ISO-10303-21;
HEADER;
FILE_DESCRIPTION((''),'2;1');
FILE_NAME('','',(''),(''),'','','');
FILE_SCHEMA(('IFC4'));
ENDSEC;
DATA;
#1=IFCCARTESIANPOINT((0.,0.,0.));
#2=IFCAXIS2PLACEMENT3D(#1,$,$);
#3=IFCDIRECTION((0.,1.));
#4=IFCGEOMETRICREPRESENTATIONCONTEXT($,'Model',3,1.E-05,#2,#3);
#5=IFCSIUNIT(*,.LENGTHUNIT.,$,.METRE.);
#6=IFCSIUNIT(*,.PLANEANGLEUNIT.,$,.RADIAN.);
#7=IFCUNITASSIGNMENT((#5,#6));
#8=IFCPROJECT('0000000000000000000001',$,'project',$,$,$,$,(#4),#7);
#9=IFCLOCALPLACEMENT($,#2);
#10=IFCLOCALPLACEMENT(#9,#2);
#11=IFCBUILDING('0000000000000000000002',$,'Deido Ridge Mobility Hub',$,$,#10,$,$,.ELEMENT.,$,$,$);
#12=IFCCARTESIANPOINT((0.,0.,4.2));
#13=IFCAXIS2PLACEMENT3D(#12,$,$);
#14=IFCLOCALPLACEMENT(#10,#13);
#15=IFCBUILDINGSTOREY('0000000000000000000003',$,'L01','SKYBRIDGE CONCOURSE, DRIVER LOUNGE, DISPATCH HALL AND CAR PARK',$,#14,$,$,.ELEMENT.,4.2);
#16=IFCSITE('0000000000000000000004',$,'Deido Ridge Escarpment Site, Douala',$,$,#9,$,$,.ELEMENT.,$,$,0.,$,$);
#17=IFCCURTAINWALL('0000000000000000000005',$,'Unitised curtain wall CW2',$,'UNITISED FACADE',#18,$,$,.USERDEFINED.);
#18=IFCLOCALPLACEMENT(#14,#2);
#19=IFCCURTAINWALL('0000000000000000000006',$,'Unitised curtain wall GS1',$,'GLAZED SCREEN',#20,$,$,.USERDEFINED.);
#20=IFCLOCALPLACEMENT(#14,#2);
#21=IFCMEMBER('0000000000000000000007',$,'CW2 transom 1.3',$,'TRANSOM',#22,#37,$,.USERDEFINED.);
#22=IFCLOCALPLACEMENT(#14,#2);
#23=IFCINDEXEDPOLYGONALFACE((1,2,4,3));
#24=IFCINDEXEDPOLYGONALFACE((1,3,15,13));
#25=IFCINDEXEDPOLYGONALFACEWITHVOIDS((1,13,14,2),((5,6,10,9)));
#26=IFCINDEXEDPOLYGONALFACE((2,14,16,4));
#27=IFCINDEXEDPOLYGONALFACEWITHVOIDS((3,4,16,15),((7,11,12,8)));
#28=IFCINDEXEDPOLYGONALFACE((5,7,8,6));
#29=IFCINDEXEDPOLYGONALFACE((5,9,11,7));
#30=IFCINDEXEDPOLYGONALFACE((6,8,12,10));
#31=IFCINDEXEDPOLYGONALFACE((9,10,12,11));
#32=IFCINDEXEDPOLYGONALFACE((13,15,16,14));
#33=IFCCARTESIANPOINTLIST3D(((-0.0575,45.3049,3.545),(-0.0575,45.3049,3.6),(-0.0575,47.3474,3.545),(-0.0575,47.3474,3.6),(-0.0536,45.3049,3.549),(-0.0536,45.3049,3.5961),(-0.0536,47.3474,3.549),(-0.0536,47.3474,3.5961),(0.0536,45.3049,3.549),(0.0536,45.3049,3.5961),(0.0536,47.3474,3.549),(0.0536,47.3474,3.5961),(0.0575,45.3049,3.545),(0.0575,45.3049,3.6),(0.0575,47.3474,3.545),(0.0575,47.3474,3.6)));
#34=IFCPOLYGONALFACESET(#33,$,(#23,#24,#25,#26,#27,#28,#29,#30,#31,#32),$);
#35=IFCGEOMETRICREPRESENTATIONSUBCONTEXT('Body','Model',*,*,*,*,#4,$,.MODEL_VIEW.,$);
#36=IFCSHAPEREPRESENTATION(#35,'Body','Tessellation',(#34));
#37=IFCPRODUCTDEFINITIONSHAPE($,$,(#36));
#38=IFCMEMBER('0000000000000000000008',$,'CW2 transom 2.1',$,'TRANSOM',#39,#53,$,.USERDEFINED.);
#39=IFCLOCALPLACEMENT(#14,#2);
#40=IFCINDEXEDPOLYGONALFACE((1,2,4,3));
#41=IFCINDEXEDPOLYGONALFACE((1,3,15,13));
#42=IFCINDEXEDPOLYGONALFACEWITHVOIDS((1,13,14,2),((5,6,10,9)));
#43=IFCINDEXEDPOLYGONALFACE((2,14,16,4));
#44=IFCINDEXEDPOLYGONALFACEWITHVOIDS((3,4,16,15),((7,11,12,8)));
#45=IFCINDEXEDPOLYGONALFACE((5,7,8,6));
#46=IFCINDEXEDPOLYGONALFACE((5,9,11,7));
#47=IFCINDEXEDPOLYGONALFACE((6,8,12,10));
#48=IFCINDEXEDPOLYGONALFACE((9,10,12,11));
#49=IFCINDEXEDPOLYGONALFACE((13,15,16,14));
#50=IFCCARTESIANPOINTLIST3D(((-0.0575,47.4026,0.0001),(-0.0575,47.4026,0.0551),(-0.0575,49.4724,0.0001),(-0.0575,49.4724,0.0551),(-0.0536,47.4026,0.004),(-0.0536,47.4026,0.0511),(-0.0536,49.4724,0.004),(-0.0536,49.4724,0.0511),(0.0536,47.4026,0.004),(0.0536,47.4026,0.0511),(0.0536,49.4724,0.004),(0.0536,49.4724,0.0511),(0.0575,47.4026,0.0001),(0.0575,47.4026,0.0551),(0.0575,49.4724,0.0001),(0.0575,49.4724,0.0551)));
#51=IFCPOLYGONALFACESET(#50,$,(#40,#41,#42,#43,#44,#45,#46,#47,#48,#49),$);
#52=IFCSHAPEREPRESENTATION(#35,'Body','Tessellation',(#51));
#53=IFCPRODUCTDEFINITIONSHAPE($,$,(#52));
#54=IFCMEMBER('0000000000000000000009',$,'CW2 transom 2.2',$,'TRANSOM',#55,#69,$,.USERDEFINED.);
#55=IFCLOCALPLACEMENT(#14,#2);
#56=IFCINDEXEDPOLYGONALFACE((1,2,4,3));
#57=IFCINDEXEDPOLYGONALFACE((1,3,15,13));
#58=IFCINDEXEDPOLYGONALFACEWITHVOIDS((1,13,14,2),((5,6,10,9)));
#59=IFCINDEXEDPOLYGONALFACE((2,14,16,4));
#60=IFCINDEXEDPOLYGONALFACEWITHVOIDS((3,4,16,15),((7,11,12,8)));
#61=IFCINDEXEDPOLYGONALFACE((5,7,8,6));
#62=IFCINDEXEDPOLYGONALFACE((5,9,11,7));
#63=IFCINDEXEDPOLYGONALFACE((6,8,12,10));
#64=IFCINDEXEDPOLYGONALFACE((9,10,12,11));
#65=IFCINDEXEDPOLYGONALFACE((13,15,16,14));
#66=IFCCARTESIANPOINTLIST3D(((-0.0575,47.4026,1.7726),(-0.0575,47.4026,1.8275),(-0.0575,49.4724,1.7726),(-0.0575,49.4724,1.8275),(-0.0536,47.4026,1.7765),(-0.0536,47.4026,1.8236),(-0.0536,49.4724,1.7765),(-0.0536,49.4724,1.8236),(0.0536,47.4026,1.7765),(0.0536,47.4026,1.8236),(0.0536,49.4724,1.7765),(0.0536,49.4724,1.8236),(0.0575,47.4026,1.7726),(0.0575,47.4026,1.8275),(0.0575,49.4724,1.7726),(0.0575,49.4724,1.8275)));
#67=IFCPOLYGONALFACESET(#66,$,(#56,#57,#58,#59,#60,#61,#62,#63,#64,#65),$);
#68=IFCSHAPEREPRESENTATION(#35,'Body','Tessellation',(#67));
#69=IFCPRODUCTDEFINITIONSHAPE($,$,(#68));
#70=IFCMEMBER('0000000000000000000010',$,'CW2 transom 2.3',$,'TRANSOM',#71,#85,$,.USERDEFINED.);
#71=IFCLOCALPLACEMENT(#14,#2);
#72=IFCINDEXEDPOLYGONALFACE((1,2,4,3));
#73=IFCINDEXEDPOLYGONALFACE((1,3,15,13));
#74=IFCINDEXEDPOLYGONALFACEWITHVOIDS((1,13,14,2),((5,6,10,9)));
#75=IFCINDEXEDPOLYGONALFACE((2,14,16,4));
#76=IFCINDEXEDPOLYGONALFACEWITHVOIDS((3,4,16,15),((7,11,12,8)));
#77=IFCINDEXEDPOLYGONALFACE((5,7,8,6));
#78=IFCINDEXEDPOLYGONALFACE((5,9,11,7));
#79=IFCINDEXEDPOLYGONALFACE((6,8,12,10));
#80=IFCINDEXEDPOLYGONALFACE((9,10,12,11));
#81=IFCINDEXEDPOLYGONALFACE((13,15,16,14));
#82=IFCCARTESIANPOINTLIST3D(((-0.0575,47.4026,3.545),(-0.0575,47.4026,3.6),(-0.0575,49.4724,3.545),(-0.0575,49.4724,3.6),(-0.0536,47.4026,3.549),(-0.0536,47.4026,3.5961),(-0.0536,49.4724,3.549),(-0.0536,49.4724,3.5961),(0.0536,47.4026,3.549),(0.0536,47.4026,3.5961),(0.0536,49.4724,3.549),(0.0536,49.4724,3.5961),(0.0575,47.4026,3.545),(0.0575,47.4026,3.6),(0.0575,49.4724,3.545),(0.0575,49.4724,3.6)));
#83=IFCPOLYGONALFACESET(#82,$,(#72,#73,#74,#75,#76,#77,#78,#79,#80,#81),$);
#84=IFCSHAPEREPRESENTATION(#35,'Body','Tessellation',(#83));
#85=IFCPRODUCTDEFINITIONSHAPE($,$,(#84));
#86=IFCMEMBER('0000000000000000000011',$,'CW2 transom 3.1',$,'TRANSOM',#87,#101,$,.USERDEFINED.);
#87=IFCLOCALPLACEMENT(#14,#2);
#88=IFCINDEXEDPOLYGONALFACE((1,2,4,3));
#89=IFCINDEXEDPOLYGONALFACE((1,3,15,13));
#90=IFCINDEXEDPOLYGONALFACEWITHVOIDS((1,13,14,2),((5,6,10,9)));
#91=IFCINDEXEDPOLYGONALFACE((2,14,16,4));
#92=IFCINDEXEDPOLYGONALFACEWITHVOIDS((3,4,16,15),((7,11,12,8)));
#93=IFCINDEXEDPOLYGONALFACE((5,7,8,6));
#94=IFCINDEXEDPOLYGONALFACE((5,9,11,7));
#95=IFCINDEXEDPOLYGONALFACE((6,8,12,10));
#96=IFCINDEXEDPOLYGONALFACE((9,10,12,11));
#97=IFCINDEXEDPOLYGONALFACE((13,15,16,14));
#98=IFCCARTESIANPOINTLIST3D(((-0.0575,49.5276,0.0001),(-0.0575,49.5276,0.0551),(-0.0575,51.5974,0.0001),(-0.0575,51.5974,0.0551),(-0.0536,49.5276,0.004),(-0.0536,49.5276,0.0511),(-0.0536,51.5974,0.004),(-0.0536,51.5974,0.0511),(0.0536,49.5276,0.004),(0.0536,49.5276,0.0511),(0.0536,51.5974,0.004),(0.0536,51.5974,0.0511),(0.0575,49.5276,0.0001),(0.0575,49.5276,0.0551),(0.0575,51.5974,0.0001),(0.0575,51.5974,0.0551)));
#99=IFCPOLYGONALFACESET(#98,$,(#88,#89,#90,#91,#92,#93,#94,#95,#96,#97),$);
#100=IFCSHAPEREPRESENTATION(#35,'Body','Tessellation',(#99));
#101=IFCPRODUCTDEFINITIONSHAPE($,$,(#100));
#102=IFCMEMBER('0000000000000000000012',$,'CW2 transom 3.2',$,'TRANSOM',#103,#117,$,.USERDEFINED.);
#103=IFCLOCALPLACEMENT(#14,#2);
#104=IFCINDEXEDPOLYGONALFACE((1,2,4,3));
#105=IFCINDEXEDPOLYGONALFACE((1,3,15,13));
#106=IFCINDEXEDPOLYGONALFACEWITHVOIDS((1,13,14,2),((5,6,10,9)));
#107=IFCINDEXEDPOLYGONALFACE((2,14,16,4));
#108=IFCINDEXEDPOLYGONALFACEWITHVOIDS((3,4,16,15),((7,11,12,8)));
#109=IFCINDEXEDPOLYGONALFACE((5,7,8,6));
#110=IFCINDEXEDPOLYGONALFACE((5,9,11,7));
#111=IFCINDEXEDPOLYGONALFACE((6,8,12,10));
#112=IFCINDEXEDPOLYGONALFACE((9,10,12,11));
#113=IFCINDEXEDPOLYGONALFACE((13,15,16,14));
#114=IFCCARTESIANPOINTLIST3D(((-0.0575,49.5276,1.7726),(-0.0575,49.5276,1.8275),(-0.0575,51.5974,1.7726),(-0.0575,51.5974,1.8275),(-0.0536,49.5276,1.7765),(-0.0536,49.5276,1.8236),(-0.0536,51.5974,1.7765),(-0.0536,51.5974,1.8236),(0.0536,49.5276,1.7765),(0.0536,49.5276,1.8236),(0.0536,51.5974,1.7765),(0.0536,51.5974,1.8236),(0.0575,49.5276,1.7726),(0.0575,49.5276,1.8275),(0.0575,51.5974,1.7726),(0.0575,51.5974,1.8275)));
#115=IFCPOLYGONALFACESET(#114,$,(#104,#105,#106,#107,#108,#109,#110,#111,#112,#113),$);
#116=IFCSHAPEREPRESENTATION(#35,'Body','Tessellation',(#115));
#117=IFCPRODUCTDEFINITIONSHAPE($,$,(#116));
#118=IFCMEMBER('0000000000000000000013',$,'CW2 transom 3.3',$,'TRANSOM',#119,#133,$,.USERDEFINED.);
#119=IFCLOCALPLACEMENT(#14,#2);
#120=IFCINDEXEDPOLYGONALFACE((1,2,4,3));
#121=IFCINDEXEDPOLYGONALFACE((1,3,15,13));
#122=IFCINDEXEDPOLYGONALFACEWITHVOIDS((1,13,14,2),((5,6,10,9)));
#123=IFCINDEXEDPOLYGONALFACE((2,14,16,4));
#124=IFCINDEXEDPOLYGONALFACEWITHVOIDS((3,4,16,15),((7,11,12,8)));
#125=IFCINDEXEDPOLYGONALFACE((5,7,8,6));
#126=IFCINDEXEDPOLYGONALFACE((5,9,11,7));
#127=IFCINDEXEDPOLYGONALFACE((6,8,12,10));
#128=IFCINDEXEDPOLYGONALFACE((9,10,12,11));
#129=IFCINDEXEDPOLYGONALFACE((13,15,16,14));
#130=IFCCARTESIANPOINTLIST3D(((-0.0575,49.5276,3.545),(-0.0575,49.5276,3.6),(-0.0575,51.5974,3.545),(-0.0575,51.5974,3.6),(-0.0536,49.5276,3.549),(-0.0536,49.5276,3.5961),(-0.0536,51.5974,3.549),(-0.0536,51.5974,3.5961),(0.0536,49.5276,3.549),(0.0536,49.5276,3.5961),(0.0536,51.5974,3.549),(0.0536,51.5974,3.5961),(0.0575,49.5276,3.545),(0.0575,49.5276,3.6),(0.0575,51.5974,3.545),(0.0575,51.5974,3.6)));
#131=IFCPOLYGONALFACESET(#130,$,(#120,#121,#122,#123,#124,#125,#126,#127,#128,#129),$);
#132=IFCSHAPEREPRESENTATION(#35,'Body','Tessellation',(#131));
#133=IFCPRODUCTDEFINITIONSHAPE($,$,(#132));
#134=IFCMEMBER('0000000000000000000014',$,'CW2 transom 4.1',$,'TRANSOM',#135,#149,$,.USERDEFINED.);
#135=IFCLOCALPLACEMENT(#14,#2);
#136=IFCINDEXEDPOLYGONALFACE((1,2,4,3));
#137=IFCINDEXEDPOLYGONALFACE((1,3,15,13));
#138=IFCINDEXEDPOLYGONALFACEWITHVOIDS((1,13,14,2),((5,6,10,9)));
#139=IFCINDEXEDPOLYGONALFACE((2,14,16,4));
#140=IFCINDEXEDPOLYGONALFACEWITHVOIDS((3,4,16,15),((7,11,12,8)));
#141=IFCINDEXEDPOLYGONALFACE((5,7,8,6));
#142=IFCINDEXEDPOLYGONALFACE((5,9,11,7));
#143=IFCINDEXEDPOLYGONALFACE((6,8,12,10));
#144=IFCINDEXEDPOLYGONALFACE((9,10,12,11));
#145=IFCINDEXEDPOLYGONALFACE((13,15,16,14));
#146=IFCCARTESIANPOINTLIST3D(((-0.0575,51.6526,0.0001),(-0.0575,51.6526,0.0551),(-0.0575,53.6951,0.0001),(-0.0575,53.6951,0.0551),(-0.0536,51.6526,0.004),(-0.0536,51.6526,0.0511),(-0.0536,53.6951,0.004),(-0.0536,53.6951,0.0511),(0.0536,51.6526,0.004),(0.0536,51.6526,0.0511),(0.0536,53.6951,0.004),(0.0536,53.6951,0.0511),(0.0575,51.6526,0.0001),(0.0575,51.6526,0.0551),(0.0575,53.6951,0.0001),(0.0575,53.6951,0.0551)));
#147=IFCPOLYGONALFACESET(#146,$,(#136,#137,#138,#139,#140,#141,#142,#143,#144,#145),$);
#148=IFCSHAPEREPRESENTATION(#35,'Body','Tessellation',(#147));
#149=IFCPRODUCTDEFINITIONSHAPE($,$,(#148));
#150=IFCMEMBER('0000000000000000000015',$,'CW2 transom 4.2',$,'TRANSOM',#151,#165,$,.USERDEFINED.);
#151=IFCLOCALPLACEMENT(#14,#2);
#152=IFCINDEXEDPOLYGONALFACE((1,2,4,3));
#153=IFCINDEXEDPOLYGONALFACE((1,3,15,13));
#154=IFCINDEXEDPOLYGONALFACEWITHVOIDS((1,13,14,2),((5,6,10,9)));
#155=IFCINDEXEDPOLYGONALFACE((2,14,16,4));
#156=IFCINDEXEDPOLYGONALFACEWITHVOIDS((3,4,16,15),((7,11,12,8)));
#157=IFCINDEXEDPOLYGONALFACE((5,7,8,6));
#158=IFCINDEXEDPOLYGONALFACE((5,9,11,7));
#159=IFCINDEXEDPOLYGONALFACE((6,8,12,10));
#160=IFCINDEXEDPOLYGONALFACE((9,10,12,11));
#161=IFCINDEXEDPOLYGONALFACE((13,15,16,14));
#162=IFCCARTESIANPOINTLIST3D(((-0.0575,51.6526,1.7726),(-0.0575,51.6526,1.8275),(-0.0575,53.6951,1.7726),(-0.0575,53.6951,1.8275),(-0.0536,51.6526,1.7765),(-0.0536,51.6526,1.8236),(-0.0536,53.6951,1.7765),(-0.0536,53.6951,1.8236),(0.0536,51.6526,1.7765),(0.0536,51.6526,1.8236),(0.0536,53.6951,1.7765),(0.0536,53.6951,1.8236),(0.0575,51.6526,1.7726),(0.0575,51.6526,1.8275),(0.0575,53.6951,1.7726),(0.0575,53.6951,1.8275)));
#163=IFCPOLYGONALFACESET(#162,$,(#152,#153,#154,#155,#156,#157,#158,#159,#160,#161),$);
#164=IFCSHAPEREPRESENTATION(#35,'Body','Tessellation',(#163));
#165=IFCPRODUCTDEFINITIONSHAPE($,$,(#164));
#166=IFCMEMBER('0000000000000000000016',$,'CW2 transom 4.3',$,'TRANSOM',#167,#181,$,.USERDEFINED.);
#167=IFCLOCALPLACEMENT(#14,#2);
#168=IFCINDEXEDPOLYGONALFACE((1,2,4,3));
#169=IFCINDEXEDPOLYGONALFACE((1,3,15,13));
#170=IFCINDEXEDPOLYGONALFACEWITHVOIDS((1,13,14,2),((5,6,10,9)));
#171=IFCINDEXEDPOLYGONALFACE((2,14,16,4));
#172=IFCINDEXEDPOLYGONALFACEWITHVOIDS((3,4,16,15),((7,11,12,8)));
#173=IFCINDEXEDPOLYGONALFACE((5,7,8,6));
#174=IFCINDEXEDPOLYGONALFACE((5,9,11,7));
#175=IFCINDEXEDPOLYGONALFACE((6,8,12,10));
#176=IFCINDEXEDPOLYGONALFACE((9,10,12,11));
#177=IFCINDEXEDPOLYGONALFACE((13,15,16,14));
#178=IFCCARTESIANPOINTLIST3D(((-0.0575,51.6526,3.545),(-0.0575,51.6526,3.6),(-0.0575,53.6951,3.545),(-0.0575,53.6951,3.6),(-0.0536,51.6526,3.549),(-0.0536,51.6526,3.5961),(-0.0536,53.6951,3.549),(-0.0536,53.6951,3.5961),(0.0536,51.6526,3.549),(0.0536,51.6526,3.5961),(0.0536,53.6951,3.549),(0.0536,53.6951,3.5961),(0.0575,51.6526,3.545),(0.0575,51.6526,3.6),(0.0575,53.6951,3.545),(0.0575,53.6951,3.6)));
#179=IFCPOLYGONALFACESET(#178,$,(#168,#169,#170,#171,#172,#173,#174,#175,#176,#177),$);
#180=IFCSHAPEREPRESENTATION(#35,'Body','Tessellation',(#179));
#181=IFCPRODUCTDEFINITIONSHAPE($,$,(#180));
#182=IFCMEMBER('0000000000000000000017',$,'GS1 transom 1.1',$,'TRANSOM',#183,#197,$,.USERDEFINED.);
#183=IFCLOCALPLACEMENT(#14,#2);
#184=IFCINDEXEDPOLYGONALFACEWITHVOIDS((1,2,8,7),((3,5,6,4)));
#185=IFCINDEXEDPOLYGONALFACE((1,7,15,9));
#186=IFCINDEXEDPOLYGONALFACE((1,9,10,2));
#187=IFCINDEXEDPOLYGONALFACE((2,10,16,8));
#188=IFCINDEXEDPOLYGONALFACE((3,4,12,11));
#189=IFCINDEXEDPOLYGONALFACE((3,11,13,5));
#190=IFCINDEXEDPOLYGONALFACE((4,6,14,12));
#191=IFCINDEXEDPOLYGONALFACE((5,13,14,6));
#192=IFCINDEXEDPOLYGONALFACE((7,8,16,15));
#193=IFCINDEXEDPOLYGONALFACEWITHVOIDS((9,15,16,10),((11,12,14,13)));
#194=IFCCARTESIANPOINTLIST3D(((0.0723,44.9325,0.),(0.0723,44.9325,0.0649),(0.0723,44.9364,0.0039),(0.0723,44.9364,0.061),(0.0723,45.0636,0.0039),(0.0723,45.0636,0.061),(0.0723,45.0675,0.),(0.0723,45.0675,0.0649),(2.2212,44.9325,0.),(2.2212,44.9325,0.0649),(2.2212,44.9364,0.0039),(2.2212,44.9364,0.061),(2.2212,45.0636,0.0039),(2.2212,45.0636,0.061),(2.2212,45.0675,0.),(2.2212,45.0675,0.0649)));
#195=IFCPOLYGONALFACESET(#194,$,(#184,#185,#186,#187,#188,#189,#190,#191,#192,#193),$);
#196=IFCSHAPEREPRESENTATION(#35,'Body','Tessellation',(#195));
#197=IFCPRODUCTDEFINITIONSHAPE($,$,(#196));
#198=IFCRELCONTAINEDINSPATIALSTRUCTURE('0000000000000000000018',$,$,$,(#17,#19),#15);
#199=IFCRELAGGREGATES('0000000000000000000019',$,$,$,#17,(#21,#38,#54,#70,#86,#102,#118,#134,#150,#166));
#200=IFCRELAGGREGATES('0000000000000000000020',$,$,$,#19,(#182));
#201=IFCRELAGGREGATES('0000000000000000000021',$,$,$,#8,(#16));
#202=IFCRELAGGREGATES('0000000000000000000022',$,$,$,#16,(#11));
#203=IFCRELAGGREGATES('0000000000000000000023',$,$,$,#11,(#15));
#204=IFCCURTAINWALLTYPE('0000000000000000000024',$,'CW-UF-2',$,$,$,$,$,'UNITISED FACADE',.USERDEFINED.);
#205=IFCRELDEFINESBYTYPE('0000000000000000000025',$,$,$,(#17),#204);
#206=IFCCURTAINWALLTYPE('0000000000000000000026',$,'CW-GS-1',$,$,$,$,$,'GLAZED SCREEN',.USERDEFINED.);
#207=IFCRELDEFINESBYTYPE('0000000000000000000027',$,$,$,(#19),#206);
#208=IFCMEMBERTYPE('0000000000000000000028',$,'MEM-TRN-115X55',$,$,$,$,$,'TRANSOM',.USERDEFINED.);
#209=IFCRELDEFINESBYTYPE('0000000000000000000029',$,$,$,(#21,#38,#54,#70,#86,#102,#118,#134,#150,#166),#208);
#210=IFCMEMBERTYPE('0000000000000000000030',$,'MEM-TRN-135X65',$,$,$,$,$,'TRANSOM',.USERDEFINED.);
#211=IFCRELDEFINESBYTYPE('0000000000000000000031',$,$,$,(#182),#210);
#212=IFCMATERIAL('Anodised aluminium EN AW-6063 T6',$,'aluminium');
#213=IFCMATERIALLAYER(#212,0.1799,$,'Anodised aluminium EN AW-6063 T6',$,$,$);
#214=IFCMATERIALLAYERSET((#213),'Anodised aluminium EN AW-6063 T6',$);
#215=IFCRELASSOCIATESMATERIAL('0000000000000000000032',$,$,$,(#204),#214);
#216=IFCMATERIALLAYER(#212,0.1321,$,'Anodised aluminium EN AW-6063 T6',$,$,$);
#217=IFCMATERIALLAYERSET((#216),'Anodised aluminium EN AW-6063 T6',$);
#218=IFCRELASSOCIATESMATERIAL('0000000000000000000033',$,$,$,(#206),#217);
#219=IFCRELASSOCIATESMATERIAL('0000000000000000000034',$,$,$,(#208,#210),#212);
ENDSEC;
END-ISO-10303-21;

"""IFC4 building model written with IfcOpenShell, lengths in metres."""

from ifc_helpers import new_model, si_unit, direction, frame, origin, origin_2d, place, context, subcontext, project, spatial, hollow_rectangle, extrude, material, layer, layer_set, material_profile, profile_set, type_object, element, aggregate, save


model = new_model("IFC4")

# Units and contexts
model_context = context("Model", 3, precision=1e-05, world=origin(), true_north=direction((0.0, 1.0)))
body_context = subcontext(model_context, "Body", "Model", "MODEL_VIEW")
ifc_project = project(units=[si_unit("LENGTHUNIT", "METRE"), si_unit("PLANEANGLEUNIT", "RADIAN")], contexts=[model_context])

# Site, building, storey
site_placement = place(None, origin())
site = spatial("IfcSite", under=ifc_project, at=site_placement, Name="Deido Ridge Escarpment Site, Douala", CompositionType="ELEMENT", RefElevation=0.0)
building_placement = place(site_placement, origin())
building = spatial("IfcBuilding", under=site, at=building_placement, Name="Deido Ridge Mobility Hub", CompositionType="ELEMENT")
storey_placement = place(building_placement, frame((0.0, 0.0, 4.2)))
storey = spatial("IfcBuildingStorey", under=building, at=storey_placement, Name="L01", Description="SKYBRIDGE CONCOURSE, DRIVER LOUNGE, DISPATCH HALL AND CAR PARK", CompositionType="ELEMENT", Elevation=4.2)

# Curtain walls
ifc_material_1 = material(Name="Anodised aluminium EN AW-6063 T6", Category="aluminium")
ifc_layer_1 = layer(ifc_material_1, 0.1799, Name="Anodised aluminium EN AW-6063 T6")
ifc_layer_set_1 = layer_set([ifc_layer_1], Name="Anodised aluminium EN AW-6063 T6")
curtain_wall_type_1 = type_object("IfcCurtainWallType", Name="CW-UF-2", ElementType="UNITISED FACADE", PredefinedType="USERDEFINED", material=ifc_layer_set_1)
curtain_wall_1_placement = place(storey_placement, origin())
curtain_wall_1 = element("IfcCurtainWall", 1, at=curtain_wall_1_placement, inside=storey, type_object=curtain_wall_type_1, Name="Unitised curtain wall CW2", ObjectType="UNITISED FACADE", PredefinedType="USERDEFINED")
ifc_layer_2 = layer(ifc_material_1, 0.1321, Name="Anodised aluminium EN AW-6063 T6")
ifc_layer_set_2 = layer_set([ifc_layer_2], Name="Anodised aluminium EN AW-6063 T6")
curtain_wall_type_2 = type_object("IfcCurtainWallType", Name="CW-GS-1", ElementType="GLAZED SCREEN", PredefinedType="USERDEFINED", material=ifc_layer_set_2)
curtain_wall_2_placement = place(storey_placement, origin())
curtain_wall_2 = element("IfcCurtainWall", 2, at=curtain_wall_2_placement, inside=storey, type_object=curtain_wall_type_2, Name="Unitised curtain wall GS1", ObjectType="GLAZED SCREEN", PredefinedType="USERDEFINED")

# Members
ifc_material_profile_1 = material_profile(ifc_material_1, hollow_rectangle(XDim=0.115, YDim=0.0549, WallThickness=0.0039, at=origin_2d()), Name="RHS 115x55x4")
ifc_profile_set_1 = profile_set([ifc_material_profile_1], Name="Anodised aluminium EN AW-6063 T6")
member_type_1 = type_object("IfcMemberType", Name="MEM-TRN-115X55", ElementType="TRANSOM", PredefinedType="USERDEFINED", material=ifc_profile_set_1)
member_1_placement = place(storey_placement, frame((0.0, 45.3049, 3.5725), z_axis=(0.0, 1.0, 0.0), x_axis=(-1.0, 0.0, 0.0)))
member_1 = element("IfcMember", 3, at=member_1_placement, type_object=member_type_1, Name="CW2 transom 1.3", ObjectType="TRANSOM", PredefinedType="USERDEFINED", context=body_context, shape_type="SweptSolid", body=[
    extrude(hollow_rectangle(XDim=0.115, YDim=0.0549, WallThickness=0.0039, at=origin_2d()), origin(), (0.0, 0.0, 1.0), 2.0425),
])
member_2_placement = place(storey_placement, frame((0.0, 47.4026, 0.0276), z_axis=(0.0, 1.0, 0.0), x_axis=(-1.0, 0.0, 0.0)))
member_2 = element("IfcMember", 4, at=member_2_placement, type_object=member_type_1, Name="CW2 transom 2.1", ObjectType="TRANSOM", PredefinedType="USERDEFINED", context=body_context, shape_type="SweptSolid", body=[
    extrude(hollow_rectangle(XDim=0.115, YDim=0.0549, WallThickness=0.0039, at=origin_2d()), origin(), (0.0, 0.0, 1.0), 2.0698),
])
member_3_placement = place(storey_placement, frame((0.0, 47.4026, 1.8), z_axis=(0.0, 1.0, 0.0), x_axis=(-1.0, 0.0, 0.0)))
member_3 = element("IfcMember", 5, at=member_3_placement, type_object=member_type_1, Name="CW2 transom 2.2", ObjectType="TRANSOM", PredefinedType="USERDEFINED", context=body_context, shape_type="SweptSolid", body=[
    extrude(hollow_rectangle(XDim=0.115, YDim=0.0549, WallThickness=0.0039, at=origin_2d()), origin(), (0.0, 0.0, 1.0), 2.0698),
])
member_4_placement = place(storey_placement, frame((0.0, 47.4026, 3.5725), z_axis=(0.0, 1.0, 0.0), x_axis=(-1.0, 0.0, 0.0)))
member_4 = element("IfcMember", 6, at=member_4_placement, type_object=member_type_1, Name="CW2 transom 2.3", ObjectType="TRANSOM", PredefinedType="USERDEFINED", context=body_context, shape_type="SweptSolid", body=[
    extrude(hollow_rectangle(XDim=0.115, YDim=0.0549, WallThickness=0.0039, at=origin_2d()), origin(), (0.0, 0.0, 1.0), 2.0698),
])
member_5_placement = place(storey_placement, frame((0.0, 49.5276, 0.0276), z_axis=(0.0, 1.0, 0.0), x_axis=(-1.0, 0.0, 0.0)))
member_5 = element("IfcMember", 7, at=member_5_placement, type_object=member_type_1, Name="CW2 transom 3.1", ObjectType="TRANSOM", PredefinedType="USERDEFINED", context=body_context, shape_type="SweptSolid", body=[
    extrude(hollow_rectangle(XDim=0.115, YDim=0.0549, WallThickness=0.0039, at=origin_2d()), origin(), (0.0, 0.0, 1.0), 2.0698),
])
member_6_placement = place(storey_placement, frame((0.0, 49.5276, 1.8), z_axis=(0.0, 1.0, 0.0), x_axis=(-1.0, 0.0, 0.0)))
member_6 = element("IfcMember", 8, at=member_6_placement, type_object=member_type_1, Name="CW2 transom 3.2", ObjectType="TRANSOM", PredefinedType="USERDEFINED", context=body_context, shape_type="SweptSolid", body=[
    extrude(hollow_rectangle(XDim=0.115, YDim=0.0549, WallThickness=0.0039, at=origin_2d()), origin(), (0.0, 0.0, 1.0), 2.0698),
])
member_7_placement = place(storey_placement, frame((0.0, 49.5276, 3.5725), z_axis=(0.0, 1.0, 0.0), x_axis=(-1.0, 0.0, 0.0)))
member_7 = element("IfcMember", 9, at=member_7_placement, type_object=member_type_1, Name="CW2 transom 3.3", ObjectType="TRANSOM", PredefinedType="USERDEFINED", context=body_context, shape_type="SweptSolid", body=[
    extrude(hollow_rectangle(XDim=0.115, YDim=0.0549, WallThickness=0.0039, at=origin_2d()), origin(), (0.0, 0.0, 1.0), 2.0698),
])
member_8_placement = place(storey_placement, frame((0.0, 51.6526, 0.0276), z_axis=(0.0, 1.0, 0.0), x_axis=(-1.0, 0.0, 0.0)))
member_8 = element("IfcMember", 10, at=member_8_placement, type_object=member_type_1, Name="CW2 transom 4.1", ObjectType="TRANSOM", PredefinedType="USERDEFINED", context=body_context, shape_type="SweptSolid", body=[
    extrude(hollow_rectangle(XDim=0.115, YDim=0.0549, WallThickness=0.0039, at=origin_2d()), origin(), (0.0, 0.0, 1.0), 2.0425),
])
member_9_placement = place(storey_placement, frame((0.0, 51.6526, 1.8), z_axis=(0.0, 1.0, 0.0), x_axis=(-1.0, 0.0, 0.0)))
member_9 = element("IfcMember", 11, at=member_9_placement, type_object=member_type_1, Name="CW2 transom 4.2", ObjectType="TRANSOM", PredefinedType="USERDEFINED", context=body_context, shape_type="SweptSolid", body=[
    extrude(hollow_rectangle(XDim=0.115, YDim=0.0549, WallThickness=0.0039, at=origin_2d()), origin(), (0.0, 0.0, 1.0), 2.0425),
])
member_10_placement = place(storey_placement, frame((0.0, 51.6526, 3.5725), z_axis=(0.0, 1.0, 0.0), x_axis=(-1.0, 0.0, 0.0)))
member_10 = element("IfcMember", 12, at=member_10_placement, type_object=member_type_1, Name="CW2 transom 4.3", ObjectType="TRANSOM", PredefinedType="USERDEFINED", context=body_context, shape_type="SweptSolid", body=[
    extrude(hollow_rectangle(XDim=0.115, YDim=0.0549, WallThickness=0.0039, at=origin_2d()), origin(), (0.0, 0.0, 1.0), 2.0425),
])
ifc_material_profile_2 = material_profile(ifc_material_1, hollow_rectangle(XDim=0.135, YDim=0.0649, WallThickness=0.0039, at=origin_2d()), Name="RHS 135x65x4")
ifc_profile_set_2 = profile_set([ifc_material_profile_2], Name="Anodised aluminium EN AW-6063 T6")
member_type_2 = type_object("IfcMemberType", Name="MEM-TRN-135X65", ElementType="TRANSOM", PredefinedType="USERDEFINED", material=ifc_profile_set_2)
member_11_placement = place(storey_placement, frame((0.0723, 45.0, 0.0325), z_axis=(1.0, 0.0, 0.0), x_axis=(0.0, 1.0, 0.0)))
member_11 = element("IfcMember", 13, at=member_11_placement, type_object=member_type_2, Name="GS1 transom 1.1", ObjectType="TRANSOM", PredefinedType="USERDEFINED", context=body_context, shape_type="SweptSolid", body=[
    extrude(hollow_rectangle(XDim=0.135, YDim=0.0649, WallThickness=0.0039, at=origin_2d()), origin(), (0.0, 0.0, 1.0), 2.1489),
])

aggregate(curtain_wall_1, [member_1, member_2, member_3, member_4, member_5, member_6, member_7, member_8, member_9, member_10])
aggregate(curtain_wall_2, [member_11])

save(model, "model.ifc")
